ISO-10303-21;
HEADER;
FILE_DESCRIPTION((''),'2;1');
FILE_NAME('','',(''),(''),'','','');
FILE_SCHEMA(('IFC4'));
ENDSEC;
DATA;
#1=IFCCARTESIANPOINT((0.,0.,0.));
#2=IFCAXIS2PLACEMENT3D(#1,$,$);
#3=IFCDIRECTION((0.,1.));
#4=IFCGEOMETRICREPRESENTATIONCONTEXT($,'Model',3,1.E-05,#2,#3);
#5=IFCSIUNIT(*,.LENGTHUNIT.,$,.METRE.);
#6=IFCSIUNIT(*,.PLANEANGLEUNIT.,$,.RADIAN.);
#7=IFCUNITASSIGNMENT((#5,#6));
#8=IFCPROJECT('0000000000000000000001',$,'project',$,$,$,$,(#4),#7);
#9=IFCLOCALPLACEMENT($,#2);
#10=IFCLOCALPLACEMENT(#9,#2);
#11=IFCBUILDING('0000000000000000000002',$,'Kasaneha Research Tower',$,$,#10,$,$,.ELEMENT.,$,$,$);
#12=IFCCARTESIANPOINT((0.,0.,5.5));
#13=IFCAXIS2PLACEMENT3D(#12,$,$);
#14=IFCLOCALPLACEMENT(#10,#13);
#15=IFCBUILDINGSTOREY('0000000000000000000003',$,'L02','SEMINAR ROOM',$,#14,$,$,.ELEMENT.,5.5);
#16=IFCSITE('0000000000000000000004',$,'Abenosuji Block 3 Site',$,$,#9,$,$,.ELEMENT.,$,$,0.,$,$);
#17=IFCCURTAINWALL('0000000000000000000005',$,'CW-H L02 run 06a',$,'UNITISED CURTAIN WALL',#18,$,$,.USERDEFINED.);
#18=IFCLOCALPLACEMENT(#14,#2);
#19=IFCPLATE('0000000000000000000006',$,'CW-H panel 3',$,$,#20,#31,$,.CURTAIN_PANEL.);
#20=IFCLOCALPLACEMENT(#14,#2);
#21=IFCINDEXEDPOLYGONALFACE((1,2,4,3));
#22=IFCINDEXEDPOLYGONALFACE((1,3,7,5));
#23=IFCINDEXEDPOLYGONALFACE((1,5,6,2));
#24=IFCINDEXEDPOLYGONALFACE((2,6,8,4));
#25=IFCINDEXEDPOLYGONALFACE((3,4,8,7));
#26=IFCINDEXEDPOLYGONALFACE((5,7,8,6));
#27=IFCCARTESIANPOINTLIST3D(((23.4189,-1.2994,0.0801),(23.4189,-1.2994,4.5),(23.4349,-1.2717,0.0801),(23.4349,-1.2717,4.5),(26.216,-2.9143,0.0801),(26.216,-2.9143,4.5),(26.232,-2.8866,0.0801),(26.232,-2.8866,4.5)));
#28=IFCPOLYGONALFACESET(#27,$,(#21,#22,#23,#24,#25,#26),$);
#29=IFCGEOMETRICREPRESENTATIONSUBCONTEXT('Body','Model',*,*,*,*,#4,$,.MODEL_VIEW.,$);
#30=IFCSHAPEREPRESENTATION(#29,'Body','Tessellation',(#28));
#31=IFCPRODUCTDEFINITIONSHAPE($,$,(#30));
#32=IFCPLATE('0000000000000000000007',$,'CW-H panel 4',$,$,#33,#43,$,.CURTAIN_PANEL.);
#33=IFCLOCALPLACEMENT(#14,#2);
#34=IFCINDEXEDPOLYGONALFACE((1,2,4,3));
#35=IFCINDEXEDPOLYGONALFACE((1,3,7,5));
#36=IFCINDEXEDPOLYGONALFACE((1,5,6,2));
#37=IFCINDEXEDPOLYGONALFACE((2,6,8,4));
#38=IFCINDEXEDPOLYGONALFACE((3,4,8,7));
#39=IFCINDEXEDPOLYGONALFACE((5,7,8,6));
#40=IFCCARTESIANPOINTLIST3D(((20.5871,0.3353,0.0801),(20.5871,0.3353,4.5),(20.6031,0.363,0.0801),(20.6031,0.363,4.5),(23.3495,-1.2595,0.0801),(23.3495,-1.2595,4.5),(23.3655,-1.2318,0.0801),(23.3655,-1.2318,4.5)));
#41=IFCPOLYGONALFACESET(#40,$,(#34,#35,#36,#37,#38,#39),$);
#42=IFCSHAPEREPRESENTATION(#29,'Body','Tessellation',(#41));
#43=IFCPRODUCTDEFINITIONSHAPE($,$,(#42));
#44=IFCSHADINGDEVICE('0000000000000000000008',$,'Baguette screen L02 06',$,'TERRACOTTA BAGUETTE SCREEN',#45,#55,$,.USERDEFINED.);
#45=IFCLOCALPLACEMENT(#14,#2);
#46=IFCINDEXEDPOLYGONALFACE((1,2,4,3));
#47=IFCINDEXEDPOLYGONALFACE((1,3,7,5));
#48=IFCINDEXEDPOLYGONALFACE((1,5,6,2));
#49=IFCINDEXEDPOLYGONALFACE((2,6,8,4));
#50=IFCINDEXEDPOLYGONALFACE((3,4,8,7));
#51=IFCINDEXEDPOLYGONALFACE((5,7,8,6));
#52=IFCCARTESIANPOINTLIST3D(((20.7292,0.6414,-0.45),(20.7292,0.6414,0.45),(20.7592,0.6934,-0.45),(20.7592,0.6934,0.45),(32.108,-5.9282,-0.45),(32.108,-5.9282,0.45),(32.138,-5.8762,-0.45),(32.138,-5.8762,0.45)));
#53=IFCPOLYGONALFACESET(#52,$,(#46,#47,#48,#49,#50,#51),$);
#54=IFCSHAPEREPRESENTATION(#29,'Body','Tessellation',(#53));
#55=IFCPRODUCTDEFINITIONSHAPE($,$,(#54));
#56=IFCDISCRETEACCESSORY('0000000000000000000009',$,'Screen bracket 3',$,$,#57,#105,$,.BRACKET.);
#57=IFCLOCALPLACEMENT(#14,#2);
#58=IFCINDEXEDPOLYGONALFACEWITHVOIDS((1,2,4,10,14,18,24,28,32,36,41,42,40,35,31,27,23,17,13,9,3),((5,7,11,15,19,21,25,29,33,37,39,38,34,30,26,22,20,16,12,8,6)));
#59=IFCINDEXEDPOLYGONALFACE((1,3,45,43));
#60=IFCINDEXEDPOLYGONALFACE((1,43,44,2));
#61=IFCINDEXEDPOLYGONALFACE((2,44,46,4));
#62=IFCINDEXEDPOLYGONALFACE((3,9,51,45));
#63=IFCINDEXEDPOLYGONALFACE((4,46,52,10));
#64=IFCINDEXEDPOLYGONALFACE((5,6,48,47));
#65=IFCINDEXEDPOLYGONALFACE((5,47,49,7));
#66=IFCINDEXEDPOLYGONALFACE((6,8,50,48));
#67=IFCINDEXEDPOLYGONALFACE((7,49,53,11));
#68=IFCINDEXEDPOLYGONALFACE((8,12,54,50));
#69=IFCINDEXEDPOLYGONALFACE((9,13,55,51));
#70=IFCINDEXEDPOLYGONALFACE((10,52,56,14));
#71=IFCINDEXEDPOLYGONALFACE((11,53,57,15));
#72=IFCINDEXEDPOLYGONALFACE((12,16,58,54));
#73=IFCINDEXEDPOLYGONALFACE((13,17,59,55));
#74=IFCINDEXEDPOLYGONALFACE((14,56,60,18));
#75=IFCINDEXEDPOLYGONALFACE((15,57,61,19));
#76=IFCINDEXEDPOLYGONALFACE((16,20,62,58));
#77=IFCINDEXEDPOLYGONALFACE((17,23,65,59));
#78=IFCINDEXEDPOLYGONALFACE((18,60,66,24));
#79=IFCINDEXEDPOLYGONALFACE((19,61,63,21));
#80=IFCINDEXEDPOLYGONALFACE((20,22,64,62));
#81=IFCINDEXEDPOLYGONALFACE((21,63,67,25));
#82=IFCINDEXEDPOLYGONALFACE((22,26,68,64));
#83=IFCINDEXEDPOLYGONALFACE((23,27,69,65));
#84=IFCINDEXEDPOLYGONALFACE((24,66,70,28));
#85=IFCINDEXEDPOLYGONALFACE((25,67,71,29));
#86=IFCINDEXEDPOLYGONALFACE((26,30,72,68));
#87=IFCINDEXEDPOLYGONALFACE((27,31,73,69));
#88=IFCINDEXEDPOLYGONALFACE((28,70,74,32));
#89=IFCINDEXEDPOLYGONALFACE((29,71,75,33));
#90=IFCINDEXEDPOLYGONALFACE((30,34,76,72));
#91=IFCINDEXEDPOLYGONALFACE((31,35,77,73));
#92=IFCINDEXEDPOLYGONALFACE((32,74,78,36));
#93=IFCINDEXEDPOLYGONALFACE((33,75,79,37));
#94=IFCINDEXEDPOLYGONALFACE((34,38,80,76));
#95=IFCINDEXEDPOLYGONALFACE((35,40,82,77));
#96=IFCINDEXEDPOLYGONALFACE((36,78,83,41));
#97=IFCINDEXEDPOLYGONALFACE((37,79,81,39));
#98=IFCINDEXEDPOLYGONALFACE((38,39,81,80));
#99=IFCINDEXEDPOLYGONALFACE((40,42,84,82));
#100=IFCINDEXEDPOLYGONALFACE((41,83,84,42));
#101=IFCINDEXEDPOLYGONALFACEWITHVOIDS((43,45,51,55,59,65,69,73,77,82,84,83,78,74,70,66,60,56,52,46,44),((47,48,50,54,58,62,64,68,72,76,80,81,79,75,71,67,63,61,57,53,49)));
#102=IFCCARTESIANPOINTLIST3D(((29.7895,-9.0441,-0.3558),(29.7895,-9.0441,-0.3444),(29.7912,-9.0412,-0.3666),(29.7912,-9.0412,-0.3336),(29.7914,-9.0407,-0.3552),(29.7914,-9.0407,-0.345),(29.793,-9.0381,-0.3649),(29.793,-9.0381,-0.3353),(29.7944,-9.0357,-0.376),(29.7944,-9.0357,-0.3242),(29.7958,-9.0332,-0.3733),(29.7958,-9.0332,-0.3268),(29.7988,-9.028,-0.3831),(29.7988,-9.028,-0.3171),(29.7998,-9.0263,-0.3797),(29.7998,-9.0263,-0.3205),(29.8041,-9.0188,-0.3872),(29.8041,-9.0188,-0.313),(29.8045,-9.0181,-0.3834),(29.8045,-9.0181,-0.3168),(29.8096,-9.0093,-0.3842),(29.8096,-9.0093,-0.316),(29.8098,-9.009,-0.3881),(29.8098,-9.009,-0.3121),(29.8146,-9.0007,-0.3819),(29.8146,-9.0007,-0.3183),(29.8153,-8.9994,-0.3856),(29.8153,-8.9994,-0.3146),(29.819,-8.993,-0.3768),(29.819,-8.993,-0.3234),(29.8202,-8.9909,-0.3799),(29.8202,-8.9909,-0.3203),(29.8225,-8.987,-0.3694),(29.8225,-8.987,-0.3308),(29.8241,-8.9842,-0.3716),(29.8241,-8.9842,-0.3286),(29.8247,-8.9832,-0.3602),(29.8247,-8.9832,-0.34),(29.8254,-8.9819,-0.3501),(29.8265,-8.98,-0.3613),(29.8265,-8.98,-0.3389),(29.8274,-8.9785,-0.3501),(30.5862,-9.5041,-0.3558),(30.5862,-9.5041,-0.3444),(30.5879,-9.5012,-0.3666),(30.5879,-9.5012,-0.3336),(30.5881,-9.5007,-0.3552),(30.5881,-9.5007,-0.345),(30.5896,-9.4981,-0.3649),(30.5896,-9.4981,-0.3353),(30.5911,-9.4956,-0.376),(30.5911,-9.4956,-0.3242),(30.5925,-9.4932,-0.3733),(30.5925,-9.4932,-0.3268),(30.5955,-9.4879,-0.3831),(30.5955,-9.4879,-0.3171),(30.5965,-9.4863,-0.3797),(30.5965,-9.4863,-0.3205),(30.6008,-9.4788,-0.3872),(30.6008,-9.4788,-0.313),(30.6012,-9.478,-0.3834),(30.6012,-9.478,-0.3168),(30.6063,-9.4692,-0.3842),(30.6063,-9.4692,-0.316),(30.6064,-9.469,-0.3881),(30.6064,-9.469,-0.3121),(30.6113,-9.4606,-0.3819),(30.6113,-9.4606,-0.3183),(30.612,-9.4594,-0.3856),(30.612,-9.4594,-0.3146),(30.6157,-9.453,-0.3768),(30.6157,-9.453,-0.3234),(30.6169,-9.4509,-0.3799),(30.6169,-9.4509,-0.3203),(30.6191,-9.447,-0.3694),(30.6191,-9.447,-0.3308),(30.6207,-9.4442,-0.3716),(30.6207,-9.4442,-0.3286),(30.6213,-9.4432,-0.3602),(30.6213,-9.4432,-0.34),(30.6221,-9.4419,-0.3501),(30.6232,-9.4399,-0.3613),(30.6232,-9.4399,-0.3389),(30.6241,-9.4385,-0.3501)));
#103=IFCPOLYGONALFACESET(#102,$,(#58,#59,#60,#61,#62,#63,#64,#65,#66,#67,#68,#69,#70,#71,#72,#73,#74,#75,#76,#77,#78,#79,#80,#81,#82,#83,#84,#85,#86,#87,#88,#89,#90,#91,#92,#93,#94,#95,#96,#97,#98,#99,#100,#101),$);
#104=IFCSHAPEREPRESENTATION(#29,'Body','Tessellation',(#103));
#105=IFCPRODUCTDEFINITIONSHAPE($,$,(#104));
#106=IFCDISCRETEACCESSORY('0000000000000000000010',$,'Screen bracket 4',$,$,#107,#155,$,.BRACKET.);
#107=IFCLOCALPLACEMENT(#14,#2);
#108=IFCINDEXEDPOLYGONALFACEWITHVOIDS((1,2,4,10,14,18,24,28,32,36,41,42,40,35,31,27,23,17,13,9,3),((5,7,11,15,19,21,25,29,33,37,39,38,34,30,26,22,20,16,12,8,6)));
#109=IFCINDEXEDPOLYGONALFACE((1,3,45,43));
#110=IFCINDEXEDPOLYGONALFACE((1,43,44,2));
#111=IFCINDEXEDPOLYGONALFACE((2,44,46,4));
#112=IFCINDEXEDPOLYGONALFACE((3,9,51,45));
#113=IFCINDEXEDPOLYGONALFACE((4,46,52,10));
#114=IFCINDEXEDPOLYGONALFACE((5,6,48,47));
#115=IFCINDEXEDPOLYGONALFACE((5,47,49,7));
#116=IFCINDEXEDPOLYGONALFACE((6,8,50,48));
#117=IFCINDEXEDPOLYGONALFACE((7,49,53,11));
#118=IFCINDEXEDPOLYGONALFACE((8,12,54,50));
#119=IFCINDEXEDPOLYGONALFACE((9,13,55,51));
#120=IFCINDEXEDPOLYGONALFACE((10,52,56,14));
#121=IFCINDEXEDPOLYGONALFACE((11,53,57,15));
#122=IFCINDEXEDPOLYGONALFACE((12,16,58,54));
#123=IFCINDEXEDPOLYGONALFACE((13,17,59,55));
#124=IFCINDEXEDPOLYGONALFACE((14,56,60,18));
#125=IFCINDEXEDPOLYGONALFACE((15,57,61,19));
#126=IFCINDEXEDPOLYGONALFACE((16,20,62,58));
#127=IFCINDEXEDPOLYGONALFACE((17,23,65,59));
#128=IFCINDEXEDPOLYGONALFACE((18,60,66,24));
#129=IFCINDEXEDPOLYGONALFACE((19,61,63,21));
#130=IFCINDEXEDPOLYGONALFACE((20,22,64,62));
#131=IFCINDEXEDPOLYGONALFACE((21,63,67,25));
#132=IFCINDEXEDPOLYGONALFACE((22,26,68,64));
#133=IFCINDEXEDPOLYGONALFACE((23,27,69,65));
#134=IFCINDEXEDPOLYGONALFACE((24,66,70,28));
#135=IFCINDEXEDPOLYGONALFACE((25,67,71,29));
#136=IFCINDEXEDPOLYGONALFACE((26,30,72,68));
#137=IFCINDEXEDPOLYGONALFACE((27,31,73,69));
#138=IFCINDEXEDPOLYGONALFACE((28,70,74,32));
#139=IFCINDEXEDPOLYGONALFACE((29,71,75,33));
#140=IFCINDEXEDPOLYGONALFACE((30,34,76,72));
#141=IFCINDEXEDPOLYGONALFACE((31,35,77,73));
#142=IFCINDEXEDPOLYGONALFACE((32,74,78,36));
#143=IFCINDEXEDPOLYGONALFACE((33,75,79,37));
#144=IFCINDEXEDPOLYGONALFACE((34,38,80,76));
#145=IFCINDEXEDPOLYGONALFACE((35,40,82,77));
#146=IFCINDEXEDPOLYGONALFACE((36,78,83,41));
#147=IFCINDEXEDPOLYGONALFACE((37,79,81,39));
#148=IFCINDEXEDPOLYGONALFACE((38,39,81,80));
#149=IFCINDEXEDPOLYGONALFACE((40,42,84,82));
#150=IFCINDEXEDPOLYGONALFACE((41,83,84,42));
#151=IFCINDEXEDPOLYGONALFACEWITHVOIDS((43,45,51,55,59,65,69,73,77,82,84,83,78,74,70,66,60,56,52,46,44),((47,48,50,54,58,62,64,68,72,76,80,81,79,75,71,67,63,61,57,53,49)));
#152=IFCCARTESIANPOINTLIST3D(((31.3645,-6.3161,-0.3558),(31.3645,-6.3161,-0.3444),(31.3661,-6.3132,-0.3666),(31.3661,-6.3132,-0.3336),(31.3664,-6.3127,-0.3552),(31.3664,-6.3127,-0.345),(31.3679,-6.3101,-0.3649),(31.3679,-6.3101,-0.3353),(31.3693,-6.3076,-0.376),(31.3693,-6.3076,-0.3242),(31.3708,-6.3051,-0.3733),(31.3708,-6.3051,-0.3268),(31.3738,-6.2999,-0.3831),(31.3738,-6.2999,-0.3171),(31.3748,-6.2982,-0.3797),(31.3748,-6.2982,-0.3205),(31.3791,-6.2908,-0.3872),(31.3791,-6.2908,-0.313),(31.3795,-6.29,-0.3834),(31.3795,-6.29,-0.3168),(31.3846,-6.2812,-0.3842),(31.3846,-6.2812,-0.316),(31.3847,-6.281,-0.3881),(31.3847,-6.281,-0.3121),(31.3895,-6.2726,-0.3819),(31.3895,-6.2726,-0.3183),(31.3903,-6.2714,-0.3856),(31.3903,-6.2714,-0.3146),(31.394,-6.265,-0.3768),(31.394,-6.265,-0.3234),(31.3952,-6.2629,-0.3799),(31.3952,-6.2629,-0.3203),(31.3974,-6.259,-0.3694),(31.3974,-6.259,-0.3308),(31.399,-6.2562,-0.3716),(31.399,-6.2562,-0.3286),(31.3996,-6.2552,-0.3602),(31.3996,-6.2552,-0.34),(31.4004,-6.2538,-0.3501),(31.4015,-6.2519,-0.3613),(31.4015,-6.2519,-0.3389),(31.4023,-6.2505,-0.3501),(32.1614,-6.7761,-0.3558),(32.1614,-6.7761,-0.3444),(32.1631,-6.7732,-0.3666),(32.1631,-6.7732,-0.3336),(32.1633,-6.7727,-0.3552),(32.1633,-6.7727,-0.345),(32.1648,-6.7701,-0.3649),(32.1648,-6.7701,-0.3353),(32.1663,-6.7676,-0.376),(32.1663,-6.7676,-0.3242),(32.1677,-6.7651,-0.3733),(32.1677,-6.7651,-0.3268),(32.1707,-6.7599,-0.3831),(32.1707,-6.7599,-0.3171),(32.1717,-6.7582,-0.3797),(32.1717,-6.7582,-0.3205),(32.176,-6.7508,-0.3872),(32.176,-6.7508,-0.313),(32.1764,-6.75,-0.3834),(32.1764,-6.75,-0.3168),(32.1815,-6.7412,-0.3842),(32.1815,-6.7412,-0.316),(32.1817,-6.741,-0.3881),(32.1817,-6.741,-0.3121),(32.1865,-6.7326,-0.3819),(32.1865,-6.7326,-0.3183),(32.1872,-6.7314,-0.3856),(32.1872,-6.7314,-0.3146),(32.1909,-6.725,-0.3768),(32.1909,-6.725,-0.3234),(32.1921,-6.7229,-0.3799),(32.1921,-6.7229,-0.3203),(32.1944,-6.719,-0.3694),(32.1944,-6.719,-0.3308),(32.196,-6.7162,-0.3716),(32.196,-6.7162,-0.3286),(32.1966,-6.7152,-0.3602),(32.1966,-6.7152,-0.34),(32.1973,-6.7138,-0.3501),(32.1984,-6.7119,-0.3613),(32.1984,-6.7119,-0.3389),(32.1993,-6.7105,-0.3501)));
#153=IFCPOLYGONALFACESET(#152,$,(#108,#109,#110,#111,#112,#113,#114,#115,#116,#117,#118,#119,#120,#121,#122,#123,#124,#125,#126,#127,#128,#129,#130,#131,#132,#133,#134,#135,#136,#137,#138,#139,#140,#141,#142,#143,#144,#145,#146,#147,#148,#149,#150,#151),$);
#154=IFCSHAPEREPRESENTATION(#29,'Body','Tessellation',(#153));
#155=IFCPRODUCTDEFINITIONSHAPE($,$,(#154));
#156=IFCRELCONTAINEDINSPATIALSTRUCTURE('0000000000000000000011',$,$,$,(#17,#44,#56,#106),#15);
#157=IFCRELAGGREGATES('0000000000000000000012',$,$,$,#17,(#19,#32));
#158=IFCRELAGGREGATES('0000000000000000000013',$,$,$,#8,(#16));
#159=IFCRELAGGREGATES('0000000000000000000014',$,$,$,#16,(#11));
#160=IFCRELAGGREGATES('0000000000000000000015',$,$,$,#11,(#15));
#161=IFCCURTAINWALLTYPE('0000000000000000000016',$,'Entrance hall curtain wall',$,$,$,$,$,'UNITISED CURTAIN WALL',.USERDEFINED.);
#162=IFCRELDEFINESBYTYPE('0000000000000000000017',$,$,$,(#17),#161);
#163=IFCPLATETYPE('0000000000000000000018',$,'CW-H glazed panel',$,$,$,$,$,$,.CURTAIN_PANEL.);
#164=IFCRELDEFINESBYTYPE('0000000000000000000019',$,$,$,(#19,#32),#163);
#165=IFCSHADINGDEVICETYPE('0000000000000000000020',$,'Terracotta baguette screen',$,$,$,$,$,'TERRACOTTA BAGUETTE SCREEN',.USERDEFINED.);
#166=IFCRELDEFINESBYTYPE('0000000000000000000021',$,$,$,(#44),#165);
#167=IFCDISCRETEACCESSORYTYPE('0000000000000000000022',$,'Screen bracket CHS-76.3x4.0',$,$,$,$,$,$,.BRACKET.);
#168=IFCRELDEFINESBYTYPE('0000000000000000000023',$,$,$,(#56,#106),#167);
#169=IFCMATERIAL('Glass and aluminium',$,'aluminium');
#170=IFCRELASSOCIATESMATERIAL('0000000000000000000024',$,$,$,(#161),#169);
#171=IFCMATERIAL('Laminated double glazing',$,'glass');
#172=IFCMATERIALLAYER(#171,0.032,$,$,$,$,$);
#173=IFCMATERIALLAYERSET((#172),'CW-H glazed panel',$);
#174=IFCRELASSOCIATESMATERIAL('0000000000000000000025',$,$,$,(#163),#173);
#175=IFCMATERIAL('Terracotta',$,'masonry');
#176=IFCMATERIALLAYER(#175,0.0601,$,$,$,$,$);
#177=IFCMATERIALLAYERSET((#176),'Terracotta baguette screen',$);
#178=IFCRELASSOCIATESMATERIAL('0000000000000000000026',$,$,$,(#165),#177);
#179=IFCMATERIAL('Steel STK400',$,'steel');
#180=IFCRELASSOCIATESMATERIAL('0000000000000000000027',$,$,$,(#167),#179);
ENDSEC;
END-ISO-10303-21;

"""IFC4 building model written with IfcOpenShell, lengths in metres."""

from ifc_helpers import new_model, si_unit, direction, frame, origin, origin_2d, place, context, subcontext, project, spatial, rectangle, hollow_circle, extrude, material, layer, layer_set, material_profile, profile_set, type_object, element, aggregate, save


model = new_model("IFC4")

# Units and contexts
model_context = context("Model", 3, precision=1e-05, world=origin(), true_north=direction((0.0, 1.0)))
body_context = subcontext(model_context, "Body", "Model", "MODEL_VIEW")
ifc_project = project(units=[si_unit("LENGTHUNIT", "METRE"), si_unit("PLANEANGLEUNIT", "RADIAN")], contexts=[model_context])

# Site, building, storey
site_placement = place(None, origin())
site = spatial("IfcSite", under=ifc_project, at=site_placement, Name="Abenosuji Block 3 Site", CompositionType="ELEMENT", RefElevation=0.0)
building_placement = place(site_placement, origin())
building = spatial("IfcBuilding", under=site, at=building_placement, Name="Kasaneha Research Tower", CompositionType="ELEMENT")
storey_placement = place(building_placement, frame((0.0, 0.0, 5.5)))
storey = spatial("IfcBuildingStorey", under=building, at=storey_placement, Name="L02", Description="SEMINAR ROOM", CompositionType="ELEMENT", Elevation=5.5)

# Curtain wall
ifc_material_1 = material(Name="Glass and aluminium", Category="aluminium")
curtain_wall_type = type_object("IfcCurtainWallType", Name="Entrance hall curtain wall", ElementType="UNITISED CURTAIN WALL", PredefinedType="USERDEFINED", material=ifc_material_1)
curtain_wall_1_placement = place(storey_placement, origin())
curtain_wall_1 = element("IfcCurtainWall", 1, at=curtain_wall_1_placement, inside=storey, type_object=curtain_wall_type, Name="CW-H L02 run 06a", ObjectType="UNITISED CURTAIN WALL", PredefinedType="USERDEFINED")

# Plates
ifc_material_2 = material(Name="Laminated double glazing", Category="glass")
ifc_layer_1 = layer(ifc_material_2, 0.032)
ifc_layer_set_1 = layer_set([ifc_layer_1], Name="CW-H glazed panel")
plate_type = type_object("IfcPlateType", Name="CW-H glazed panel", PredefinedType="CURTAIN_PANEL", material=ifc_layer_set_1)
plate_1_placement = place(storey_placement, frame((24.8254, -2.093, 0.0801), z_axis=(0.0, 0.0, 1.0), x_axis=(-0.866025, 0.5, 0.0)))
plate_1 = element("IfcPlate", 2, at=plate_1_placement, type_object=plate_type, Name="CW-H panel 3", PredefinedType="CURTAIN_PANEL", context=body_context, shape_type="SweptSolid", body=[
    extrude(rectangle(XDim=3.2297, YDim=0.032, at=origin_2d()), origin(), (0.0, 0.0, 1.0), 4.4199),
])
plate_2_placement = place(storey_placement, frame((21.9763, -0.4482, 0.0801), z_axis=(0.0, 0.0, 1.0), x_axis=(-0.866025, 0.5, 0.0)))
plate_2 = element("IfcPlate", 3, at=plate_2_placement, type_object=plate_type, Name="CW-H panel 4", PredefinedType="CURTAIN_PANEL", context=body_context, shape_type="SweptSolid", body=[
    extrude(rectangle(XDim=3.1897, YDim=0.032, at=origin_2d()), origin(), (0.0, 0.0, 1.0), 4.4199),
])
aggregate(curtain_wall_1, [plate_1, plate_2])

# Shading device
ifc_material_3 = material(Name="Terracotta", Category="masonry")
ifc_layer_2 = layer(ifc_material_3, 0.0601)
ifc_layer_set_2 = layer_set([ifc_layer_2], Name="Terracotta baguette screen")
shading_device_type = type_object("IfcShadingDeviceType", Name="Terracotta baguette screen", ElementType="TERRACOTTA BAGUETTE SCREEN", PredefinedType="USERDEFINED", material=ifc_layer_set_2)
shading_device_placement = place(storey_placement, frame((26.4336, -2.6174, -0.45), z_axis=(0.0, 0.0, 1.0), x_axis=(-0.866025, 0.5, 0.0)))
element("IfcShadingDevice", 4, at=shading_device_placement, inside=storey, type_object=shading_device_type, Name="Baguette screen L02 06", ObjectType="TERRACOTTA BAGUETTE SCREEN", PredefinedType="USERDEFINED", context=body_context, shape_type="SweptSolid", body=[
    extrude(rectangle(XDim=13.1392, YDim=0.0601, at=origin_2d()), origin(), (0.0, 0.0, 1.0), 0.8999),
])

# Discrete accessories
ifc_material_4 = material(Name="Steel STK400", Category="steel")
ifc_material_profile_1 = material_profile(ifc_material_4, hollow_circle(Radius=0.0381, WallThickness=0.0039, at=origin_2d()), Name="CHS-76.3x4.0")
ifc_profile_set_1 = profile_set([ifc_material_profile_1], Name="Steel STK400")
discrete_accessory_type = type_object("IfcDiscreteAccessoryType", Name="Screen bracket CHS-76.3x4.0", PredefinedType="BRACKET", material=ifc_profile_set_1)
discrete_accessory_1_placement = place(storey_placement, frame((29.8083, -9.0115, -0.3501), z_axis=(0.866013, -0.500021, 0.0), x_axis=(0.500021, 0.866013, 0.0)))
element("IfcDiscreteAccessory", 5, at=discrete_accessory_1_placement, inside=storey, type_object=discrete_accessory_type, Name="Screen bracket 3", PredefinedType="BRACKET", context=body_context, shape_type="SweptSolid", body=[
    extrude(hollow_circle(Radius=0.0381, WallThickness=0.0039, at=origin_2d()), origin(), (0.0, 0.0, 1.0), 0.9199),
])
discrete_accessory_2_placement = place(storey_placement, frame((31.3833, -6.2834, -0.3501), z_axis=(0.86608, -0.499906, 0.0), x_axis=(0.499906, 0.86608, 0.0)))
element("IfcDiscreteAccessory", 6, at=discrete_accessory_2_placement, inside=storey, type_object=discrete_accessory_type, Name="Screen bracket 4", PredefinedType="BRACKET", context=body_context, shape_type="SweptSolid", body=[
    extrude(hollow_circle(Radius=0.0381, WallThickness=0.0039, at=origin_2d()), origin(), (0.0, 0.0, 1.0), 0.9202),
])

save(model, "model.ifc")
